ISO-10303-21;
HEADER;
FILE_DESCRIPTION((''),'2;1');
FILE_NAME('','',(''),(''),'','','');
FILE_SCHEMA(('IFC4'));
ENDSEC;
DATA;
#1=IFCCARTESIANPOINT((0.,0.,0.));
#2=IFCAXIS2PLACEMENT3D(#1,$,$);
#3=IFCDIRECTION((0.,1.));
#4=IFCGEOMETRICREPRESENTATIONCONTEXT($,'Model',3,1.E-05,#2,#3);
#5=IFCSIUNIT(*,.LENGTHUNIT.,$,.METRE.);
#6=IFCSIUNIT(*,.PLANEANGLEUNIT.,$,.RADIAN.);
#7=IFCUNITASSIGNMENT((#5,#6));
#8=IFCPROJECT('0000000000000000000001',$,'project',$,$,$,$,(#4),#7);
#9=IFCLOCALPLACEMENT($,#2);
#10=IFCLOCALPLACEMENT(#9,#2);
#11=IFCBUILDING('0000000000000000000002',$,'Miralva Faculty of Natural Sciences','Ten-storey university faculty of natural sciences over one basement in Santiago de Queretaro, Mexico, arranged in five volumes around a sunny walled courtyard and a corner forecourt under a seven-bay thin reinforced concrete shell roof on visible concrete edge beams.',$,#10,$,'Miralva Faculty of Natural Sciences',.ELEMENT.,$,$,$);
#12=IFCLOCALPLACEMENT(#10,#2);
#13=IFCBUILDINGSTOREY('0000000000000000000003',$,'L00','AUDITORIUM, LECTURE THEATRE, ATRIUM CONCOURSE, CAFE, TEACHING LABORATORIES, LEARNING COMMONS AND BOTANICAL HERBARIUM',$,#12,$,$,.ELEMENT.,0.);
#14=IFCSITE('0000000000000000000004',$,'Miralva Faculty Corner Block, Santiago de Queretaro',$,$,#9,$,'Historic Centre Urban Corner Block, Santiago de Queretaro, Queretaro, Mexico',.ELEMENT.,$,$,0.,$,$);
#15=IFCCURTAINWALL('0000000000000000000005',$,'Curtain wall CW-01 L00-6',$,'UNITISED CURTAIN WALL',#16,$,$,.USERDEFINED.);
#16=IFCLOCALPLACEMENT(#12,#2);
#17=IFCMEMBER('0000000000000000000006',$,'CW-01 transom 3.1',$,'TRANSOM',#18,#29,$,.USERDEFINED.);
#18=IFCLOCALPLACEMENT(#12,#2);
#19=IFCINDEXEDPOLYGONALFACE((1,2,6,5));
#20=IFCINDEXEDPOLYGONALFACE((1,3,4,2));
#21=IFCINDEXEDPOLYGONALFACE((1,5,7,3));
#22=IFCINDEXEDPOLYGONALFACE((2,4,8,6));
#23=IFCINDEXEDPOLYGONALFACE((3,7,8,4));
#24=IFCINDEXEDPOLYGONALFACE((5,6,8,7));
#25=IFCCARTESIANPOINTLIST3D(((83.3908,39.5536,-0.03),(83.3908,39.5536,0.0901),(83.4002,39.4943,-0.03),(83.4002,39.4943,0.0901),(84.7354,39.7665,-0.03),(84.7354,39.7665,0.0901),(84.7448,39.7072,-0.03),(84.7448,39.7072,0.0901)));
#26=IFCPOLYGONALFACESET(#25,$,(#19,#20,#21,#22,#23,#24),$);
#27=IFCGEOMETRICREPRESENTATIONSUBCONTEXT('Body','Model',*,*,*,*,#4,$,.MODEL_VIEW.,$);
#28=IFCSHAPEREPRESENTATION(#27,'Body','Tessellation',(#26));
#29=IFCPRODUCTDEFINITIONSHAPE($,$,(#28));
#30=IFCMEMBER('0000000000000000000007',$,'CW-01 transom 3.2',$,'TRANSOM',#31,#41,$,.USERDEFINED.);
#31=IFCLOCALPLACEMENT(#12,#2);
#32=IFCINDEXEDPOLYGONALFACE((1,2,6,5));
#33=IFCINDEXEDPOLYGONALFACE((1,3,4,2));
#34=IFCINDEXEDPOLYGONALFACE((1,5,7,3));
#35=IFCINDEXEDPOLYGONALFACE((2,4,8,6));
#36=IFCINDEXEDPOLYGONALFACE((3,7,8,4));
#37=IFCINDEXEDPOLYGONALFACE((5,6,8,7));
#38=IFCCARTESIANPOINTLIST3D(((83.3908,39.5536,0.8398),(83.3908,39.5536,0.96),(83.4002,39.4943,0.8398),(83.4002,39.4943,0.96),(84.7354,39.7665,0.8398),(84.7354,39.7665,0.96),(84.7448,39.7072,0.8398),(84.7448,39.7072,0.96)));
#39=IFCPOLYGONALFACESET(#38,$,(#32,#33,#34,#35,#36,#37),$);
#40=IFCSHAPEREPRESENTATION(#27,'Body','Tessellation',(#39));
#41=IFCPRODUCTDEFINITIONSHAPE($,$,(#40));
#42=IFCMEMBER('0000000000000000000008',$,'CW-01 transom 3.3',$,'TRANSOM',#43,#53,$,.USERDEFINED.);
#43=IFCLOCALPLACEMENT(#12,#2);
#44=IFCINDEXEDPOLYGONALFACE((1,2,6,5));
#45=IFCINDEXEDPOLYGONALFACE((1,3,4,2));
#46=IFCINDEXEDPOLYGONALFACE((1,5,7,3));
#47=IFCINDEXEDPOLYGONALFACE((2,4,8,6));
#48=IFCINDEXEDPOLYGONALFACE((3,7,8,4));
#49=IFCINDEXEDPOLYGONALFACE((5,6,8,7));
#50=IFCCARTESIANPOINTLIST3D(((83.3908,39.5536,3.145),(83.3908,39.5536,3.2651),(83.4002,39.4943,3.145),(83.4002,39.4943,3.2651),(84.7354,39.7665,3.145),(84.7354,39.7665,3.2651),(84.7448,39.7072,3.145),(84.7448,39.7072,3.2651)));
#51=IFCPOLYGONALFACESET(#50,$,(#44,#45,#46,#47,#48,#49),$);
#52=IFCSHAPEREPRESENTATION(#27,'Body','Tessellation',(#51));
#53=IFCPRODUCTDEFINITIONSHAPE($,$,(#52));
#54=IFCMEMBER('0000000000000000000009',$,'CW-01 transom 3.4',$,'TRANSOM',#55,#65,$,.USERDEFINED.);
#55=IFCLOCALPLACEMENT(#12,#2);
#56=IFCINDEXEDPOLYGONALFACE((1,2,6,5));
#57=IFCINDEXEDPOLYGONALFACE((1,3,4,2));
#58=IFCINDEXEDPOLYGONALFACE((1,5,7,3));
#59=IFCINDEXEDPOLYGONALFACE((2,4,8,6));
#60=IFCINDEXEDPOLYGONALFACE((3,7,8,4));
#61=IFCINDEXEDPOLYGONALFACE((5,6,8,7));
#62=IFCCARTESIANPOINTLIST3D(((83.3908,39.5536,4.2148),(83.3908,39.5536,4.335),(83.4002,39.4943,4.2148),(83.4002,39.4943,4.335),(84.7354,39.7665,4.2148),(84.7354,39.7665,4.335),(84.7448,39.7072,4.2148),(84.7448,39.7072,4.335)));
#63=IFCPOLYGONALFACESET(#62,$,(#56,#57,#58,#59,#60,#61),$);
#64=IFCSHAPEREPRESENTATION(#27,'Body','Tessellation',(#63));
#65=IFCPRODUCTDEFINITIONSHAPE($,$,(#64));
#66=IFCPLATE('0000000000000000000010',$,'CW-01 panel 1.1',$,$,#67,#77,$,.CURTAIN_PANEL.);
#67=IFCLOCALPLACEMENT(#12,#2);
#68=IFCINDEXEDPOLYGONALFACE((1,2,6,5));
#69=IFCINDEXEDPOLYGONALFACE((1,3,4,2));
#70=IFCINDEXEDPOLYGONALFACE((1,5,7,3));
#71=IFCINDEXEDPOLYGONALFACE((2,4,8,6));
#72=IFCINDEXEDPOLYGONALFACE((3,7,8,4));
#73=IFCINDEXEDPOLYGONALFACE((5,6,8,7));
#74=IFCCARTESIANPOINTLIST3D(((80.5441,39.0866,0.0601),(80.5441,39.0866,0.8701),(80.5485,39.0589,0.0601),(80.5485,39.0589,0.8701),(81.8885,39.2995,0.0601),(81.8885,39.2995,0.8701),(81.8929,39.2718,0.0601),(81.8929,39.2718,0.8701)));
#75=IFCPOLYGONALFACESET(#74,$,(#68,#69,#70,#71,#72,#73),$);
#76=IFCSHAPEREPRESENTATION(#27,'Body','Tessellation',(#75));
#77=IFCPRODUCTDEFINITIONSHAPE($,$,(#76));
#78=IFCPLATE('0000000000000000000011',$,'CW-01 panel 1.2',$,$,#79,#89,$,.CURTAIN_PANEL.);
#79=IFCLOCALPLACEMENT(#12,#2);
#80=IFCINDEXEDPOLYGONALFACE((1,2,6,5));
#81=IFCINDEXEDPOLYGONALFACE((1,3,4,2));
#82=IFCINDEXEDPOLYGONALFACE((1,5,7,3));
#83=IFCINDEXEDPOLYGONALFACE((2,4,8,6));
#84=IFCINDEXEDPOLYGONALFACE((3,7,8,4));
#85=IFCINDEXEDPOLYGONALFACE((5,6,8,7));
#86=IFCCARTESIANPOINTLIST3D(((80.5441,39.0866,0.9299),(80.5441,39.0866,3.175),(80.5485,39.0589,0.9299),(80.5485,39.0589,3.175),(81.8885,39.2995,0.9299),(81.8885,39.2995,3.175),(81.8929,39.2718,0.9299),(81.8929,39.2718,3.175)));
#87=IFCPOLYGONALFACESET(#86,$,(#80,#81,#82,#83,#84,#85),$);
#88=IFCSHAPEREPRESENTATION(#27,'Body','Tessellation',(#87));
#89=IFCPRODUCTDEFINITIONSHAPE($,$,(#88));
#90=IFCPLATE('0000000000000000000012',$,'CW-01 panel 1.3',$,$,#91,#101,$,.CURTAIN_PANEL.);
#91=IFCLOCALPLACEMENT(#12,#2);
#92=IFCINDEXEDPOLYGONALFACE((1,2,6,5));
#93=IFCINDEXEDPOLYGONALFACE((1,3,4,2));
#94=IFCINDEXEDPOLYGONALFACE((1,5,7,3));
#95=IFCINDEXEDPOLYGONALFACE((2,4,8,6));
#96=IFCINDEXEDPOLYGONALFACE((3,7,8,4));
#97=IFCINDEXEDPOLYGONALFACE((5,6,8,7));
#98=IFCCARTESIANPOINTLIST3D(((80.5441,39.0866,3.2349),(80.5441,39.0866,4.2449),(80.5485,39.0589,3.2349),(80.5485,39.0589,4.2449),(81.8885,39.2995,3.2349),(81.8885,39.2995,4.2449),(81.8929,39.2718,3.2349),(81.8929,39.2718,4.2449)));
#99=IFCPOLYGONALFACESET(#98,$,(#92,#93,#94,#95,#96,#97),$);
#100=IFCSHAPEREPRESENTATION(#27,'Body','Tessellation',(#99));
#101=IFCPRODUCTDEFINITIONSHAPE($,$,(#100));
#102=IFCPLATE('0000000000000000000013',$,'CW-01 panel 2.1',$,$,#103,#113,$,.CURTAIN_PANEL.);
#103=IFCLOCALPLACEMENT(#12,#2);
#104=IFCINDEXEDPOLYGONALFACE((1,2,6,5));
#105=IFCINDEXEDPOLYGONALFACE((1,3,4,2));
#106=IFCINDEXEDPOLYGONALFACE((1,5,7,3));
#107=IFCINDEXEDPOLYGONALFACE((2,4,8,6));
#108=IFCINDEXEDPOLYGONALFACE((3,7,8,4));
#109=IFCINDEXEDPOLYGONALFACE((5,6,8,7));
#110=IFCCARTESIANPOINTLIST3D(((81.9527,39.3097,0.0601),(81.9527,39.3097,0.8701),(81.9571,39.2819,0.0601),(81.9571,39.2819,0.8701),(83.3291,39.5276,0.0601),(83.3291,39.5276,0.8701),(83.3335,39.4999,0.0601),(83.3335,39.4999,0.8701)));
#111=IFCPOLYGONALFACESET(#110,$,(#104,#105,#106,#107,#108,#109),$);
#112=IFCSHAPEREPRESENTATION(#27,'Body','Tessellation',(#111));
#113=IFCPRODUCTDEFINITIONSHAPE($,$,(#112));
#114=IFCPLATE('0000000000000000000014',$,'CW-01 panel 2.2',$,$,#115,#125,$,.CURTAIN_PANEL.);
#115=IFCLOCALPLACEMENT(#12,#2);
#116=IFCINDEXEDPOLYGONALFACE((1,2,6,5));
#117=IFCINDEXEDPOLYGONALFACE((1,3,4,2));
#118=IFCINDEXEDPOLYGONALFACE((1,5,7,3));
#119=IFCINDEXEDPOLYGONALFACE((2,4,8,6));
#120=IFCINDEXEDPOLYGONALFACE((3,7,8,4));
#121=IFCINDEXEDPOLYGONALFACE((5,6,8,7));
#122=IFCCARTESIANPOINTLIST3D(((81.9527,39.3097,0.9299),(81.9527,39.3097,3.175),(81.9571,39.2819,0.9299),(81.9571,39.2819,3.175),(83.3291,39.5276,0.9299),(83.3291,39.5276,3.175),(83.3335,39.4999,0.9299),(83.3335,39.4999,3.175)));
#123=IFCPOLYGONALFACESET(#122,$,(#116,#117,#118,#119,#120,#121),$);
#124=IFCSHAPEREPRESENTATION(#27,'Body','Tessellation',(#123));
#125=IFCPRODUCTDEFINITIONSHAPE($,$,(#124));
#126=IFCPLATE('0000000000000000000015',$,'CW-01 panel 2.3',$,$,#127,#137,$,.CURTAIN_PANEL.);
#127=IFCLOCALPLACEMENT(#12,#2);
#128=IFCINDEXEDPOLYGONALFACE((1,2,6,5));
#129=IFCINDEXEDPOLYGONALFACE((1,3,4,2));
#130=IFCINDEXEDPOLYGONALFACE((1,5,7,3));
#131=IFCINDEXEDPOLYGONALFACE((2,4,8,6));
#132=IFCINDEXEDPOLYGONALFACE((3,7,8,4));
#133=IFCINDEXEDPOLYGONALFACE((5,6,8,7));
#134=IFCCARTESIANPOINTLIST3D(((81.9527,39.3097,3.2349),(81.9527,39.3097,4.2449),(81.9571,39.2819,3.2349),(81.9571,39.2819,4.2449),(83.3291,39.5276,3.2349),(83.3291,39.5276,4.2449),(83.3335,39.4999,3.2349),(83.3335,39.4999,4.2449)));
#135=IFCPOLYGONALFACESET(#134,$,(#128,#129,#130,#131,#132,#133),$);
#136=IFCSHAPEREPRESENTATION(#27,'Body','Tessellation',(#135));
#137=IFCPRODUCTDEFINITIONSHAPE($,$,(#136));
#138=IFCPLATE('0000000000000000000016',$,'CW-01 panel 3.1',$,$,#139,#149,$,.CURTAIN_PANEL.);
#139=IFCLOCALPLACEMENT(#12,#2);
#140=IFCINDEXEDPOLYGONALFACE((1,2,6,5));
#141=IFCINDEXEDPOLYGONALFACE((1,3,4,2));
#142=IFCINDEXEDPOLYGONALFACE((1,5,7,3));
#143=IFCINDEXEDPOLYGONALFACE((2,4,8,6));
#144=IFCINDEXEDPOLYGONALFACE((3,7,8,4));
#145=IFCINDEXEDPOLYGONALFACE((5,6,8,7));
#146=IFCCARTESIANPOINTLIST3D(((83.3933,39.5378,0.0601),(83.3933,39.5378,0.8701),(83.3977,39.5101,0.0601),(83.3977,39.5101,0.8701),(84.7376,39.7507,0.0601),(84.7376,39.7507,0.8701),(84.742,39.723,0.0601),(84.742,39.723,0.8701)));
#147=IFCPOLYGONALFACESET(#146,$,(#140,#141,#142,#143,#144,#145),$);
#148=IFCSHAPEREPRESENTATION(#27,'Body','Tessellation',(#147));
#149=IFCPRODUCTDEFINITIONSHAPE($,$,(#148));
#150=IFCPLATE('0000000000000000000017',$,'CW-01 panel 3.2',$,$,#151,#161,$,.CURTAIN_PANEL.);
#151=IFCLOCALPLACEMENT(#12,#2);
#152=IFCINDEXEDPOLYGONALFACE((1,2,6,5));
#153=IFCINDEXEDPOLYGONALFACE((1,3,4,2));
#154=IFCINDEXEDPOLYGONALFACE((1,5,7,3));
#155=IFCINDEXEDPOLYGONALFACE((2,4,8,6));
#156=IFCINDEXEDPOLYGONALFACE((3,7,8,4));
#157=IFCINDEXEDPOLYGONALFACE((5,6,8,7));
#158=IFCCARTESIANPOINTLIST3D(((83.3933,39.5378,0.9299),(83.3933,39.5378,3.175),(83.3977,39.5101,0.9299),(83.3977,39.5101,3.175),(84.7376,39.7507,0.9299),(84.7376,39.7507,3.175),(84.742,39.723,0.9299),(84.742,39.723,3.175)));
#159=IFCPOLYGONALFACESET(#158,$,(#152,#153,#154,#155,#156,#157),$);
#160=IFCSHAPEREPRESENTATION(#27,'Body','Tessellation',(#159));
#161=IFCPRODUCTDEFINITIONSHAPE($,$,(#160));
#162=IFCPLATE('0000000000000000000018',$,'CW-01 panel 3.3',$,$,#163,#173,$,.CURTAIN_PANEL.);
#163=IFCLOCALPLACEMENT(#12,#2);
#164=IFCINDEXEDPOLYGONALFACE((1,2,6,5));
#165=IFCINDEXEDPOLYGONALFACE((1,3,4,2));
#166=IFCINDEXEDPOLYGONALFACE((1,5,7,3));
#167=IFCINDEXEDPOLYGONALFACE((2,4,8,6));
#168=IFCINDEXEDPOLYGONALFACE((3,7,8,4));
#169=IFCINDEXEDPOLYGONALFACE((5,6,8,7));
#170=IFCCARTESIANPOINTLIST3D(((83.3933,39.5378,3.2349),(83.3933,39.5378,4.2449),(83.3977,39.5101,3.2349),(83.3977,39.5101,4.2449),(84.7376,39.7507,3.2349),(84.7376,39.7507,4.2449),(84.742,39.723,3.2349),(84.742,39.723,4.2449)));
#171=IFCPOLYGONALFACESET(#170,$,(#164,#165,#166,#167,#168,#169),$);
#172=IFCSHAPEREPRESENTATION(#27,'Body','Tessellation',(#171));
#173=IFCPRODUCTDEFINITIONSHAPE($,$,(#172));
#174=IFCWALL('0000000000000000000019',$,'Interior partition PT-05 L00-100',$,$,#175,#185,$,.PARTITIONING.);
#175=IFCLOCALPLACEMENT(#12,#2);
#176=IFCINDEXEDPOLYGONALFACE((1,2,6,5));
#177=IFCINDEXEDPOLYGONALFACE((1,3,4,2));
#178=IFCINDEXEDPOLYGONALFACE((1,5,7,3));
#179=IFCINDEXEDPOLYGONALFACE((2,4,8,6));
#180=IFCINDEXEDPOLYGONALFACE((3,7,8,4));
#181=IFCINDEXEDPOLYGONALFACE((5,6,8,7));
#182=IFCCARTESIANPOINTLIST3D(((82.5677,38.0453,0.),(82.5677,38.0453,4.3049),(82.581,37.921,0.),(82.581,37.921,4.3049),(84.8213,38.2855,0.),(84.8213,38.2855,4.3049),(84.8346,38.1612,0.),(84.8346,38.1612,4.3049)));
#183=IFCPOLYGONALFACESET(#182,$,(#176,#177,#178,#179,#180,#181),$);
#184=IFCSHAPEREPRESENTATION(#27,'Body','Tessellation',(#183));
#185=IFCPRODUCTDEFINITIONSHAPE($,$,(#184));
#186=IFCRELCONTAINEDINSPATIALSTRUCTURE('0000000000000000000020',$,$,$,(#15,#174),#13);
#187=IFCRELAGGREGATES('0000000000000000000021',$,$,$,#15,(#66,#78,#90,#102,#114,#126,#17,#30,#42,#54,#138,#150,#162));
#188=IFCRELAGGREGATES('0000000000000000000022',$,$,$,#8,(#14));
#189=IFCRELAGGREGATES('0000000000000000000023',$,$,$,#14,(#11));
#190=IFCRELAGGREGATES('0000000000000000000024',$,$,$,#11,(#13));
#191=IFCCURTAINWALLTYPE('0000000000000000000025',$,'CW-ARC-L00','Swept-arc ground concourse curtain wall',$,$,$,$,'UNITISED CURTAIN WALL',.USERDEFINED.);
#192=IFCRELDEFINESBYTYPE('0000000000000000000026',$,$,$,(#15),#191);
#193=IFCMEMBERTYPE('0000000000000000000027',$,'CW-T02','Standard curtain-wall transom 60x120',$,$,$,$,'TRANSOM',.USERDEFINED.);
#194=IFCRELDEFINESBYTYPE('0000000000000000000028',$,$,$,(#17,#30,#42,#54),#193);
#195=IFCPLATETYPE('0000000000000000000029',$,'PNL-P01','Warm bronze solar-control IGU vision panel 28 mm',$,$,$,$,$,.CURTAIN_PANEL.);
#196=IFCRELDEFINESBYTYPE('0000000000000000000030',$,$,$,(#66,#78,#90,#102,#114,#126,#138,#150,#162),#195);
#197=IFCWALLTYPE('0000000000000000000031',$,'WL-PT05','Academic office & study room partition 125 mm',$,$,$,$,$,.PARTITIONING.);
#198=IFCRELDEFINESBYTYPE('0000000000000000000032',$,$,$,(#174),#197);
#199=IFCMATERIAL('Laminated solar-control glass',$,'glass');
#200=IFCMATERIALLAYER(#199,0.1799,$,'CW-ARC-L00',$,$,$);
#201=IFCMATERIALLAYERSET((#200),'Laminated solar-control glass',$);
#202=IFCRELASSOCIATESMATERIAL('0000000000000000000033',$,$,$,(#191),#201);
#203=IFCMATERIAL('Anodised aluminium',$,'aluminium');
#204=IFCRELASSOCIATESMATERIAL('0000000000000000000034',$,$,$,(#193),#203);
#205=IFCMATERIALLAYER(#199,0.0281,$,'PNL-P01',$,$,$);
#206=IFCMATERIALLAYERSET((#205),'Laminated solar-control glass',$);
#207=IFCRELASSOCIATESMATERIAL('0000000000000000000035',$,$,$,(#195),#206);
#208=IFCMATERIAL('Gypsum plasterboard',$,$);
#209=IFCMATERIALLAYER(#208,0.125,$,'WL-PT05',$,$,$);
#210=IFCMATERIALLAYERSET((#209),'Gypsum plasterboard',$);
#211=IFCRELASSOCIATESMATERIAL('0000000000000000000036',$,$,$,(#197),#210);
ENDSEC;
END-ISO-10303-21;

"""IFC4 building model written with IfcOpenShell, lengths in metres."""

from ifc_helpers import new_model, si_unit, direction, frame, frame_2d, origin, origin_2d, place, context, subcontext, project, spatial, rectangle, extrude, material, layer, layer_set, material_profile, profile_set, type_object, element, aggregate, save


model = new_model("IFC4")

# Units and contexts
model_context = context("Model", 3, precision=1e-05, world=origin(), true_north=direction((0.0, 1.0)))
body_context = subcontext(model_context, "Body", "Model", "MODEL_VIEW")
ifc_project = project(units=[si_unit("LENGTHUNIT", "METRE"), si_unit("PLANEANGLEUNIT", "RADIAN")], contexts=[model_context])

# Site, building, storey
site_placement = place(None, origin())
site = spatial("IfcSite", under=ifc_project, at=site_placement, Name="Miralva Faculty Corner Block, Santiago de Queretaro", LongName="Historic Centre Urban Corner Block, Santiago de Queretaro, Queretaro, Mexico", CompositionType="ELEMENT", RefElevation=0.0)
building_placement = place(site_placement, origin())
building = spatial("IfcBuilding", under=site, at=building_placement, Name="Miralva Faculty of Natural Sciences", Description="Ten-storey university faculty of natural sciences over one basement in Santiago de Queretaro, Mexico, arranged in five volumes around a sunny walled courtyard and a corner forecourt under a seven-bay thin reinforced concrete shell roof on visible concrete edge beams.", LongName="Miralva Faculty of Natural Sciences", CompositionType="ELEMENT")
storey_placement = place(building_placement, origin())
storey = spatial("IfcBuildingStorey", under=building, at=storey_placement, Name="L00", Description="AUDITORIUM, LECTURE THEATRE, ATRIUM CONCOURSE, CAFE, TEACHING LABORATORIES, LEARNING COMMONS AND BOTANICAL HERBARIUM", CompositionType="ELEMENT", Elevation=0.0)

# Curtain wall, members, plates
ifc_material_1 = material(Name="Laminated solar-control glass", Category="glass")
ifc_layer_1 = layer(ifc_material_1, 0.1799, Name="CW-ARC-L00")
ifc_layer_set_1 = layer_set([ifc_layer_1], Name="Laminated solar-control glass")
curtain_wall_type = type_object("IfcCurtainWallType", Name="CW-ARC-L00", Description="Swept-arc ground concourse curtain wall", ElementType="UNITISED CURTAIN WALL", PredefinedType="USERDEFINED", material=ifc_layer_set_1)
curtain_wall_placement = place(storey_placement, origin())
curtain_wall = element("IfcCurtainWall", 1, at=curtain_wall_placement, inside=storey, type_object=curtain_wall_type, Name="Curtain wall CW-01 L00-6", ObjectType="UNITISED CURTAIN WALL", PredefinedType="USERDEFINED")
ifc_material_2 = material(Name="Anodised aluminium", Category="aluminium")
ifc_material_profile_1 = material_profile(ifc_material_2, rectangle(XDim=0.0601, YDim=0.1201, at=origin_2d()), Name="TRANSOM 60x120")
ifc_profile_set_1 = profile_set([ifc_material_profile_1], Name="Anodised aluminium")
member_type_1 = type_object("IfcMemberType", Name="CW-T02", Description="Standard curtain-wall transom 60x120", ElementType="TRANSOM", PredefinedType="USERDEFINED", material=ifc_profile_set_1)
member_1_placement = place(storey_placement, frame((83.3955, 39.5239, 0.03), z_axis=(0.987695, 0.156395, 0.0), x_axis=(-0.156395, 0.987695, 0.0)))
member_1 = element("IfcMember", 2, at=member_1_placement, type_object=member_type_1, Name="CW-01 transom 3.1", ObjectType="TRANSOM", PredefinedType="USERDEFINED", context=body_context, shape_type="SweptSolid", body=[
    extrude(rectangle(XDim=0.0601, YDim=0.1201, at=origin_2d()), origin(), (0.0, 0.0, 1.0), 1.3613),
])
member_2_placement = place(storey_placement, frame((83.3955, 39.5239, 0.8999), z_axis=(0.987695, 0.156395, 0.0), x_axis=(-0.156395, 0.987695, 0.0)))
member_2 = element("IfcMember", 3, at=member_2_placement, type_object=member_type_1, Name="CW-01 transom 3.2", ObjectType="TRANSOM", PredefinedType="USERDEFINED", context=body_context, shape_type="SweptSolid", body=[
    extrude(rectangle(XDim=0.0601, YDim=0.1201, at=origin_2d()), origin(), (0.0, 0.0, 1.0), 1.3613),
])
member_3_placement = place(storey_placement, frame((83.3955, 39.5239, 3.2051), z_axis=(0.987695, 0.156395, 0.0), x_axis=(-0.156395, 0.987695, 0.0)))
member_3 = element("IfcMember", 4, at=member_3_placement, type_object=member_type_1, Name="CW-01 transom 3.3", ObjectType="TRANSOM", PredefinedType="USERDEFINED", context=body_context, shape_type="SweptSolid", body=[
    extrude(rectangle(XDim=0.0601, YDim=0.1201, at=origin_2d()), origin(), (0.0, 0.0, 1.0), 1.3613),
])
member_4_placement = place(storey_placement, frame((83.3955, 39.5239, 4.2749), z_axis=(0.987695, 0.156395, 0.0), x_axis=(-0.156395, 0.987695, 0.0)))
member_4 = element("IfcMember", 5, at=member_4_placement, type_object=member_type_1, Name="CW-01 transom 3.4", ObjectType="TRANSOM", PredefinedType="USERDEFINED", context=body_context, shape_type="SweptSolid", body=[
    extrude(rectangle(XDim=0.0601, YDim=0.1201, at=origin_2d()), origin(), (0.0, 0.0, 1.0), 1.3613),
])
ifc_layer_2 = layer(ifc_material_1, 0.0281, Name="PNL-P01")
ifc_layer_set_2 = layer_set([ifc_layer_2], Name="Laminated solar-control glass")
plate_type = type_object("IfcPlateType", Name="PNL-P01", Description="Warm bronze solar-control IGU vision panel 28 mm", PredefinedType="CURTAIN_PANEL", material=ifc_layer_set_2)
plate_1_placement = place(storey_placement, frame((81.2185, 39.1792, 0.0601), z_axis=(0.0, 0.0, 1.0), x_axis=(0.98769, 0.156423, 0.0)))
plate_1 = element("IfcPlate", 6, at=plate_1_placement, type_object=plate_type, Name="CW-01 panel 1.1", PredefinedType="CURTAIN_PANEL", context=body_context, shape_type="SweptSolid", body=[
    extrude(rectangle(XDim=1.3611, YDim=0.0281, at=origin_2d()), origin(), (0.0, 0.0, 1.0), 0.8101),
])
plate_2_placement = place(storey_placement, frame((81.2185, 39.1792, 0.9299), z_axis=(0.0, 0.0, 1.0), x_axis=(0.98769, 0.156423, 0.0)))
plate_2 = element("IfcPlate", 7, at=plate_2_placement, type_object=plate_type, Name="CW-01 panel 1.2", PredefinedType="CURTAIN_PANEL", context=body_context, shape_type="SweptSolid", body=[
    extrude(rectangle(XDim=1.3611, YDim=0.0281, at=origin_2d()), origin(), (0.0, 0.0, 1.0), 2.2451),
])
plate_3_placement = place(storey_placement, frame((81.2185, 39.1792, 3.2349), z_axis=(0.0, 0.0, 1.0), x_axis=(0.98769, 0.156423, 0.0)))
plate_3 = element("IfcPlate", 8, at=plate_3_placement, type_object=plate_type, Name="CW-01 panel 1.3", PredefinedType="CURTAIN_PANEL", context=body_context, shape_type="SweptSolid", body=[
    extrude(rectangle(XDim=1.3611, YDim=0.0281, at=origin_2d()), origin(), (0.0, 0.0, 1.0), 1.01),
])
plate_4_placement = place(storey_placement, frame((82.6431, 39.4048, 0.0601), z_axis=(0.0, 0.0, 1.0), x_axis=(0.98769, 0.156423, 0.0)))
plate_4 = element("IfcPlate", 9, at=plate_4_placement, type_object=plate_type, Name="CW-01 panel 2.1", PredefinedType="CURTAIN_PANEL", context=body_context, shape_type="SweptSolid", body=[
    extrude(rectangle(XDim=1.3936, YDim=0.0281, at=origin_2d()), origin(), (0.0, 0.0, 1.0), 0.8101),
])
plate_5_placement = place(storey_placement, frame((82.6431, 39.4048, 0.9299), z_axis=(0.0, 0.0, 1.0), x_axis=(0.98769, 0.156423, 0.0)))
plate_5 = element("IfcPlate", 10, at=plate_5_placement, type_object=plate_type, Name="CW-01 panel 2.2", PredefinedType="CURTAIN_PANEL", context=body_context, shape_type="SweptSolid", body=[
    extrude(rectangle(XDim=1.3936, YDim=0.0281, at=origin_2d()), origin(), (0.0, 0.0, 1.0), 2.2451),
])
plate_6_placement = place(storey_placement, frame((82.6431, 39.4048, 3.2349), z_axis=(0.0, 0.0, 1.0), x_axis=(0.98769, 0.156423, 0.0)))
plate_6 = element("IfcPlate", 11, at=plate_6_placement, type_object=plate_type, Name="CW-01 panel 2.3", PredefinedType="CURTAIN_PANEL", context=body_context, shape_type="SweptSolid", body=[
    extrude(rectangle(XDim=1.3936, YDim=0.0281, at=origin_2d()), origin(), (0.0, 0.0, 1.0), 1.01),
])
plate_7_placement = place(storey_placement, frame((84.0676, 39.6304, 0.0601), z_axis=(0.0, 0.0, 1.0), x_axis=(0.98769, 0.156423, 0.0)))
plate_7 = element("IfcPlate", 12, at=plate_7_placement, type_object=plate_type, Name="CW-01 panel 3.1", PredefinedType="CURTAIN_PANEL", context=body_context, shape_type="SweptSolid", body=[
    extrude(rectangle(XDim=1.3611, YDim=0.0281, at=origin_2d()), origin(), (0.0, 0.0, 1.0), 0.8101),
])
plate_8_placement = place(storey_placement, frame((84.0676, 39.6304, 0.9299), z_axis=(0.0, 0.0, 1.0), x_axis=(0.98769, 0.156423, 0.0)))
plate_8 = element("IfcPlate", 13, at=plate_8_placement, type_object=plate_type, Name="CW-01 panel 3.2", PredefinedType="CURTAIN_PANEL", context=body_context, shape_type="SweptSolid", body=[
    extrude(rectangle(XDim=1.3611, YDim=0.0281, at=origin_2d()), origin(), (0.0, 0.0, 1.0), 2.2451),
])
plate_9_placement = place(storey_placement, frame((84.0676, 39.6304, 3.2349), z_axis=(0.0, 0.0, 1.0), x_axis=(0.98769, 0.156423, 0.0)))
plate_9 = element("IfcPlate", 14, at=plate_9_placement, type_object=plate_type, Name="CW-01 panel 3.3", PredefinedType="CURTAIN_PANEL", context=body_context, shape_type="SweptSolid", body=[
    extrude(rectangle(XDim=1.3611, YDim=0.0281, at=origin_2d()), origin(), (0.0, 0.0, 1.0), 1.01),
])
aggregate(curtain_wall, [plate_1, plate_2, plate_3, plate_4, plate_5, plate_6, member_1, member_2, member_3, member_4, plate_7, plate_8, plate_9])

# Wall
ifc_material_3 = material(Name="Gypsum plasterboard")
ifc_layer_3 = layer(ifc_material_3, 0.125, Name="WL-PT05")
ifc_layer_set_3 = layer_set([ifc_layer_3], Name="Gypsum plasterboard")
wall_type_1 = type_object("IfcWallType", Name="WL-PT05", Description="Academic office & study room partition 125 mm", PredefinedType="PARTITIONING", material=ifc_layer_set_3)
wall_1_placement = place(storey_placement, frame((82.5742, 37.9832, 0.0), z_axis=(0.0, 0.0, 1.0), x_axis=(0.994366, 0.105997, 0.0)))
element("IfcWall", 15, at=wall_1_placement, inside=storey, type_object=wall_type_1, Name="Interior partition PT-05 L00-100", PredefinedType="PARTITIONING", context=body_context, shape_type="SweptSolid", body=[
    extrude(rectangle(XDim=2.2664, YDim=0.125, at=frame_2d((1.1333, 0.0))), origin(), (0.0, 0.0, 1.0), 4.3049),
])

save(model, "model.ifc")
